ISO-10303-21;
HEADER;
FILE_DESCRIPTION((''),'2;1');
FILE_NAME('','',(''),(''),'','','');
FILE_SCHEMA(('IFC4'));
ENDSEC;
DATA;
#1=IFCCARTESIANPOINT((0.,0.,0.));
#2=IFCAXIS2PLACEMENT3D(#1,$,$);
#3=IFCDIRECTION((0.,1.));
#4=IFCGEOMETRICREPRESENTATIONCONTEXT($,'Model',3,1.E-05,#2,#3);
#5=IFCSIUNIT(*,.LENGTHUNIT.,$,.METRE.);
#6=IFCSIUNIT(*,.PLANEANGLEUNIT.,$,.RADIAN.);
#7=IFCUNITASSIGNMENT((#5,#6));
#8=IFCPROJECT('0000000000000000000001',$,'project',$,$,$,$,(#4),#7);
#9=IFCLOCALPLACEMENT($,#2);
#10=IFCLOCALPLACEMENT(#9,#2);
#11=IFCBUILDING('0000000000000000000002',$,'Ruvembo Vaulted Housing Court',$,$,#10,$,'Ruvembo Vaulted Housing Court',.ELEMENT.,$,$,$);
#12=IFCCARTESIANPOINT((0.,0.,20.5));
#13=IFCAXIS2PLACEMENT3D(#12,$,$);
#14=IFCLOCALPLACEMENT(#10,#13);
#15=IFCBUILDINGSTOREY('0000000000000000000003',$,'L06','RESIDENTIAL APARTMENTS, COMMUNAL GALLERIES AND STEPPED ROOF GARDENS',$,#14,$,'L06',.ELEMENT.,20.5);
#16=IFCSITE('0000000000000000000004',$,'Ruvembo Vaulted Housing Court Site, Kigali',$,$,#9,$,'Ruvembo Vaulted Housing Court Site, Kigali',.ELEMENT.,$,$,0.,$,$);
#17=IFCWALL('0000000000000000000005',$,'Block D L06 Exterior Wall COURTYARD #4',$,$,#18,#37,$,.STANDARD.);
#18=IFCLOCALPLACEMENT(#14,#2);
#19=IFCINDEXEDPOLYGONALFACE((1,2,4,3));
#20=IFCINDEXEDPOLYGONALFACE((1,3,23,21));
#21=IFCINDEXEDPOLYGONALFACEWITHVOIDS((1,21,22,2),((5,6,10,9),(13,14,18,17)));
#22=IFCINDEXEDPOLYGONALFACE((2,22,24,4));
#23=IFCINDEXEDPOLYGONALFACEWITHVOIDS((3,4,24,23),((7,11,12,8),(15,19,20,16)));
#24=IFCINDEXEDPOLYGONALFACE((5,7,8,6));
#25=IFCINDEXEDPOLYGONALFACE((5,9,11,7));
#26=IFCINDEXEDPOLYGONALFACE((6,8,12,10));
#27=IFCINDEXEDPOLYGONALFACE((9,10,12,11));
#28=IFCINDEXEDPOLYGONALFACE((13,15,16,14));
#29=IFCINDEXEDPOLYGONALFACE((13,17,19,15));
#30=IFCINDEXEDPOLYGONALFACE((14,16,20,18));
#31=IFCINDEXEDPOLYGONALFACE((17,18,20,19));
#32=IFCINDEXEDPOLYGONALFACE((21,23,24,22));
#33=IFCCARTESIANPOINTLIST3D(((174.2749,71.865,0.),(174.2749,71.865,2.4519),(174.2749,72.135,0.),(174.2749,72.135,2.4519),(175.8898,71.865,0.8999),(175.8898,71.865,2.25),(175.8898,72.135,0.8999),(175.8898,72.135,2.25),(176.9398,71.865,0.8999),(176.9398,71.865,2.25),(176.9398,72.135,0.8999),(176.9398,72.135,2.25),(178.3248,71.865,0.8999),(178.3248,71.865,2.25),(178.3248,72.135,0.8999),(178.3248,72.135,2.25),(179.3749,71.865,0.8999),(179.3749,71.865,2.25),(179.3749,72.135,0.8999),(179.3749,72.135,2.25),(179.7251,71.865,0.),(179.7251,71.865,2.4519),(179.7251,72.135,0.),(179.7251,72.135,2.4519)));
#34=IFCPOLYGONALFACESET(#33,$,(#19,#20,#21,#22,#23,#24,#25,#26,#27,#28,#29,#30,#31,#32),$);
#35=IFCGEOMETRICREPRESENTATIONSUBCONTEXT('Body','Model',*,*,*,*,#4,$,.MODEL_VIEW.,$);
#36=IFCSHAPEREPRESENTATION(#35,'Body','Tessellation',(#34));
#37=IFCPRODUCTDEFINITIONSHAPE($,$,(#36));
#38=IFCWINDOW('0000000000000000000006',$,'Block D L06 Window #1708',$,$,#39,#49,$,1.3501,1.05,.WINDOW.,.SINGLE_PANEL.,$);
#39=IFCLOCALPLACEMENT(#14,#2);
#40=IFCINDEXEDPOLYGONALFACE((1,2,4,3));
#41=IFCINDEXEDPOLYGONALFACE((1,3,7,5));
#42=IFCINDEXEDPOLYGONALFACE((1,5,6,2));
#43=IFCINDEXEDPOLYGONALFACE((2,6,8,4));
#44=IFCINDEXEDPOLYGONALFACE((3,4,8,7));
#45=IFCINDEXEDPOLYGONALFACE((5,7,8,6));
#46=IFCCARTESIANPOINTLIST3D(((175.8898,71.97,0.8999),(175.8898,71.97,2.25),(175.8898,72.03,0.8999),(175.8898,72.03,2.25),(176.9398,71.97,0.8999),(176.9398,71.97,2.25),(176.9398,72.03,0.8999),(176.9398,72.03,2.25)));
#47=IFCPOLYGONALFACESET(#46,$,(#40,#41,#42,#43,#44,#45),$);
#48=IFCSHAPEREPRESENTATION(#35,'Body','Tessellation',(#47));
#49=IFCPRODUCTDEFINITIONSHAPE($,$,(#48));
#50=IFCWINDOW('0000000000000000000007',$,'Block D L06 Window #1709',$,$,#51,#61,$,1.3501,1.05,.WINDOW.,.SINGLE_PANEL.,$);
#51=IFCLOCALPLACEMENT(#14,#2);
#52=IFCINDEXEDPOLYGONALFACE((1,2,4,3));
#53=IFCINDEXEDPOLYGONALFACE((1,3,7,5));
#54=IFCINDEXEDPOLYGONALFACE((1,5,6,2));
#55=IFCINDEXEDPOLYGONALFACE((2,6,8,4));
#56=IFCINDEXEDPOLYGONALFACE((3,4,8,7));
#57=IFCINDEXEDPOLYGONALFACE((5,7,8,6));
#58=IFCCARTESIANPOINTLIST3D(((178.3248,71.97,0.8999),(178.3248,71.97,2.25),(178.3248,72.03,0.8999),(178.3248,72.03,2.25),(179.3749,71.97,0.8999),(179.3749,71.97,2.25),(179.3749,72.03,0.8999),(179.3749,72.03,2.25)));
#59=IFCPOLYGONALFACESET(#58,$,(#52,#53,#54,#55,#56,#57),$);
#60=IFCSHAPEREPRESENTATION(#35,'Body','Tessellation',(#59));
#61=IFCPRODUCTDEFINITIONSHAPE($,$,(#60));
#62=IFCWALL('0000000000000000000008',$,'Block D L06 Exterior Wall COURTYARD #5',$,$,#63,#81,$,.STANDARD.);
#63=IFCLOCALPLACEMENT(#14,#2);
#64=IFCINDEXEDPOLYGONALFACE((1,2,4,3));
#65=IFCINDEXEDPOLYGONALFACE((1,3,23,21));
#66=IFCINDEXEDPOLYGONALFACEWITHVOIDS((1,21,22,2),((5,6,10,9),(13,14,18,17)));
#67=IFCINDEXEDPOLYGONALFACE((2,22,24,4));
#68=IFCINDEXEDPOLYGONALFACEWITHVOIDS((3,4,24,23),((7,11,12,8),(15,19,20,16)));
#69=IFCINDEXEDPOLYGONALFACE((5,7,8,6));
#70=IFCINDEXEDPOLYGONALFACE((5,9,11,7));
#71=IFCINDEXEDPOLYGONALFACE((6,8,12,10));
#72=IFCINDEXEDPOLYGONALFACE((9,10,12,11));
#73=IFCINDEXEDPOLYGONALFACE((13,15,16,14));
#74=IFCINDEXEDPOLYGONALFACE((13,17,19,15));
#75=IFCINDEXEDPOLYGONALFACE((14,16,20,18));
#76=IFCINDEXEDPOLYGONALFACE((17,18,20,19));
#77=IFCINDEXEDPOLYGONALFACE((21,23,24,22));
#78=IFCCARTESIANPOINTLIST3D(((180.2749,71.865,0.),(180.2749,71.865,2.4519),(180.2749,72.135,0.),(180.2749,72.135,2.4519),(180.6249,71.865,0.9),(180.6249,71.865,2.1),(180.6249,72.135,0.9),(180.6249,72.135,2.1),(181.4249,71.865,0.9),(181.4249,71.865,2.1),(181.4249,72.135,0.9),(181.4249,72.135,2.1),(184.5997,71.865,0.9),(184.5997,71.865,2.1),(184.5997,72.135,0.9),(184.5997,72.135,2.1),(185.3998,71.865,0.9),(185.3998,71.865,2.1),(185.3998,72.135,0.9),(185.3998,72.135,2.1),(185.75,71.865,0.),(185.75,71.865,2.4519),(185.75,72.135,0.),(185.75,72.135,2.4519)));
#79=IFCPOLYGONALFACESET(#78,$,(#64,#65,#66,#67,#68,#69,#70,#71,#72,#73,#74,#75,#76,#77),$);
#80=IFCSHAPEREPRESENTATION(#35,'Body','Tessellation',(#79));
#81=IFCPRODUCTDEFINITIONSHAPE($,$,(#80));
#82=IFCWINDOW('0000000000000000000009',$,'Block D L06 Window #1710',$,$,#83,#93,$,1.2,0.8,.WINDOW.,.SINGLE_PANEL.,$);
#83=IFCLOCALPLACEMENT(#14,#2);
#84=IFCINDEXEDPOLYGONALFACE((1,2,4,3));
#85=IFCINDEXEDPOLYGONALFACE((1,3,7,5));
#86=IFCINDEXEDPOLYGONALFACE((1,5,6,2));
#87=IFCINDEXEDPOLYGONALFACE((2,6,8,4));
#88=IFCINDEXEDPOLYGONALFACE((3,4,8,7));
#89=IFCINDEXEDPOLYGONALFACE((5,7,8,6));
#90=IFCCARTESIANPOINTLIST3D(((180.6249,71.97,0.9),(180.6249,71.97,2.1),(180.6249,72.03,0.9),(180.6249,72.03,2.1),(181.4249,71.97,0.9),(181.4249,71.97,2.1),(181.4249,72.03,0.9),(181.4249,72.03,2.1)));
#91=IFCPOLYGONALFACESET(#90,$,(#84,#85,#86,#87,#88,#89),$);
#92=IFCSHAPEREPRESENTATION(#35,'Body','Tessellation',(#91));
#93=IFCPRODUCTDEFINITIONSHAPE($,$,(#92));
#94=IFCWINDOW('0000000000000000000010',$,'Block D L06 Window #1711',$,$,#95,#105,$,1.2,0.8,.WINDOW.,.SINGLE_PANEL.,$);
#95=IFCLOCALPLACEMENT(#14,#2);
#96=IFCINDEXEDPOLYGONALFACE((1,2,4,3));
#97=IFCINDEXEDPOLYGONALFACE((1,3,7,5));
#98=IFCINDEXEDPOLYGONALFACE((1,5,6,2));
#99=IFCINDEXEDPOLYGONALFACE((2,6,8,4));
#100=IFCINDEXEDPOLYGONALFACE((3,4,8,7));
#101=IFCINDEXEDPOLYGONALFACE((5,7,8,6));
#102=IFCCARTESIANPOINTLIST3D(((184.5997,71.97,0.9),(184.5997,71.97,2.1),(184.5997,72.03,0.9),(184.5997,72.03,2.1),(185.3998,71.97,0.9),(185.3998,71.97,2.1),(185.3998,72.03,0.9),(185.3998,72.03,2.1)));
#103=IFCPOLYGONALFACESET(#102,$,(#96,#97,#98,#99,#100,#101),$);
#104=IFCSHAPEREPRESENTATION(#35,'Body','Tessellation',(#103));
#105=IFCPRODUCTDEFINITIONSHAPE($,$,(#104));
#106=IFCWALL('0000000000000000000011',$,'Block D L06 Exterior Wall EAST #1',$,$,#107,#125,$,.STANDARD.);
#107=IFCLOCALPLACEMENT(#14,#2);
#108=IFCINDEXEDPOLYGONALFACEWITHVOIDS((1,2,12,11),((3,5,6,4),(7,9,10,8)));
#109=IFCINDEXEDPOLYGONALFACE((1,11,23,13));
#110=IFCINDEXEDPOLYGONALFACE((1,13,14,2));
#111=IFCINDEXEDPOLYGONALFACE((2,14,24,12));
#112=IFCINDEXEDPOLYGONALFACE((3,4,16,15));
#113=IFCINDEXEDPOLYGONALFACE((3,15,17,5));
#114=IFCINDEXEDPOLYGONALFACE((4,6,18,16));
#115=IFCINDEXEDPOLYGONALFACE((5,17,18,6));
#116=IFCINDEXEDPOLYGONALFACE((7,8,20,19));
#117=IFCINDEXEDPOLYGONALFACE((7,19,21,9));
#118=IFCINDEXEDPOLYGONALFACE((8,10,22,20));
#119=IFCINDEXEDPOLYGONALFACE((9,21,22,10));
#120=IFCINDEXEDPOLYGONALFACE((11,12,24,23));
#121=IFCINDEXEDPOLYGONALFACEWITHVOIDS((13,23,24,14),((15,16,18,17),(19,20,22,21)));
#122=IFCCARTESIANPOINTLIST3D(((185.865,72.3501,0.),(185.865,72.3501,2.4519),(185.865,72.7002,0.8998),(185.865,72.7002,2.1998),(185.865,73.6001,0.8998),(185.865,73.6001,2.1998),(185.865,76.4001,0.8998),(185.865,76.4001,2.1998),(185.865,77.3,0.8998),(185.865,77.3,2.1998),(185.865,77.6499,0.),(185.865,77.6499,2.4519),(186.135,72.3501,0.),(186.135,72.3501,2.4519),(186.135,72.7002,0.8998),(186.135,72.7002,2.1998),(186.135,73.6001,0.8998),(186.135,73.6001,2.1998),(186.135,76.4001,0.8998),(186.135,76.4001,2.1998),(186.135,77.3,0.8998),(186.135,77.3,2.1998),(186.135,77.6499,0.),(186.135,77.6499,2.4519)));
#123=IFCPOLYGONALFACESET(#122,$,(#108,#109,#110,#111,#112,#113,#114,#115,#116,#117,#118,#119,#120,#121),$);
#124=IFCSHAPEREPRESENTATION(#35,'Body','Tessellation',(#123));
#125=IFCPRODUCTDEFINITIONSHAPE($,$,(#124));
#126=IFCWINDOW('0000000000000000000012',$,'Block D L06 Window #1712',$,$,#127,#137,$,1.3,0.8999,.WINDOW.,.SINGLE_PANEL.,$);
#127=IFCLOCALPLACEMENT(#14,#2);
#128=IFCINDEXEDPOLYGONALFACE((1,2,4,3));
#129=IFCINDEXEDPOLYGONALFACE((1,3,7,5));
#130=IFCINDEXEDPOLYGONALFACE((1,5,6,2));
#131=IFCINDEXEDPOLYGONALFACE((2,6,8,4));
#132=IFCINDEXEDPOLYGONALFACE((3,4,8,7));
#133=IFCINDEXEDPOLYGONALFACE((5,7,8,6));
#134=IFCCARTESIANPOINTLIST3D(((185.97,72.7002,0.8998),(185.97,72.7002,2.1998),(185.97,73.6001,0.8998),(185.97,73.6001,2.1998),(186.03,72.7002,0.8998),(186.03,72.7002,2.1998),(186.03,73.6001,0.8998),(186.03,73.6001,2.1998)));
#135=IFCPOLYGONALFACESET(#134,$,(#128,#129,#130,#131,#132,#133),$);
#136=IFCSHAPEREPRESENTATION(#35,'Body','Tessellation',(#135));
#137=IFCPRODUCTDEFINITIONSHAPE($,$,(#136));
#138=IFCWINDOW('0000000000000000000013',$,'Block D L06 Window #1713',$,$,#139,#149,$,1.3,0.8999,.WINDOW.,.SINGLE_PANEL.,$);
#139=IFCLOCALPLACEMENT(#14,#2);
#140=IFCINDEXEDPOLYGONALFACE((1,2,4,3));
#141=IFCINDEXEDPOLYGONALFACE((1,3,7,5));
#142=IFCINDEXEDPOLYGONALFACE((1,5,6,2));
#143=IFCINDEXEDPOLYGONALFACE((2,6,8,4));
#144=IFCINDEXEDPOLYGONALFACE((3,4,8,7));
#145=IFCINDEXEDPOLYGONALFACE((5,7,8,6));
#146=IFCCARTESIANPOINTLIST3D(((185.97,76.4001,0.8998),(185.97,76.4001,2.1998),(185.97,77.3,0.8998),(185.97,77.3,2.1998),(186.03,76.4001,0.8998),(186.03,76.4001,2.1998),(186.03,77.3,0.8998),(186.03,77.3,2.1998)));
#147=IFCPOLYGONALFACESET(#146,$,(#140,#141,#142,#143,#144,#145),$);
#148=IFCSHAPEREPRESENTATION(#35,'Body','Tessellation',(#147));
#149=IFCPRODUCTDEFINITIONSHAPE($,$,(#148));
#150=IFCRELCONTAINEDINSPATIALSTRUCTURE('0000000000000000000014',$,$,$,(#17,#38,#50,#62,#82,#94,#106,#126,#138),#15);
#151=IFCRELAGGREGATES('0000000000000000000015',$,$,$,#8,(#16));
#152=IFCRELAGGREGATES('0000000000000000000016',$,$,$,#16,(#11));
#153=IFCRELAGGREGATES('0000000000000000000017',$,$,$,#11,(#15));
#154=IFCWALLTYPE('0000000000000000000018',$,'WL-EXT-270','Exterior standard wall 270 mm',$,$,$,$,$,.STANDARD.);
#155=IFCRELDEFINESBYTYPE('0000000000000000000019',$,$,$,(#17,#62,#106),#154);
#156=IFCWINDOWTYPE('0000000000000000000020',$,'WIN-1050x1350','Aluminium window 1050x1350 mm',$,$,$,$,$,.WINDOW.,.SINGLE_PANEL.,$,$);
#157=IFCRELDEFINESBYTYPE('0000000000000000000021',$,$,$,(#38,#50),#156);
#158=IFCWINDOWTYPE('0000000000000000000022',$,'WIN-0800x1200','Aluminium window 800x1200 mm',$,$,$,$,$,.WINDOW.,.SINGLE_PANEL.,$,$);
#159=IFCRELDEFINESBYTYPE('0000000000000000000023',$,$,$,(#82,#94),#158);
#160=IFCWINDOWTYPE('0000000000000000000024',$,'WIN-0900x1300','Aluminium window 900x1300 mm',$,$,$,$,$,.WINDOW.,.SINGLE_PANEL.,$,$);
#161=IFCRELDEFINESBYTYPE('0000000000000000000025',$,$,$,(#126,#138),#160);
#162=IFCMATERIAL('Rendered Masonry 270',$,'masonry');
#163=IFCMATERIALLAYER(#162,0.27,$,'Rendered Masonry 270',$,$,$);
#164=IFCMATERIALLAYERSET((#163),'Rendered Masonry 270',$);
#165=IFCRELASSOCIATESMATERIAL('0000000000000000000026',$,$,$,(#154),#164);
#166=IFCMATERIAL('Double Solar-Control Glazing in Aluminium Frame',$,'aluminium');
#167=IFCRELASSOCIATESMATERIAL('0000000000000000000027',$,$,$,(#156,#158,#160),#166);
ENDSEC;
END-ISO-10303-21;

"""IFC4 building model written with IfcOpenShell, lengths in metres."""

from ifc_helpers import new_model, si_unit, direction, frame, frame_2d, origin, place, context, subcontext, project, spatial, rectangle, extrude, material, layer, layer_set, type_object, element, fill, save


model = new_model("IFC4")

# Units and contexts
model_context = context("Model", 3, precision=1e-05, world=origin(), true_north=direction((0.0, 1.0)))
body_context = subcontext(model_context, "Body", "Model", "MODEL_VIEW")
ifc_project = project(units=[si_unit("LENGTHUNIT", "METRE"), si_unit("PLANEANGLEUNIT", "RADIAN")], contexts=[model_context])

# Site, building, storey
site_placement = place(None, origin())
site = spatial("IfcSite", under=ifc_project, at=site_placement, Name="Ruvembo Vaulted Housing Court Site, Kigali", LongName="Ruvembo Vaulted Housing Court Site, Kigali", CompositionType="ELEMENT", RefElevation=0.0)
building_placement = place(site_placement, origin())
building = spatial("IfcBuilding", under=site, at=building_placement, Name="Ruvembo Vaulted Housing Court", LongName="Ruvembo Vaulted Housing Court", CompositionType="ELEMENT")
storey_placement = place(building_placement, frame((0.0, 0.0, 20.5)))
storey = spatial("IfcBuildingStorey", under=building, at=storey_placement, Name="L06", Description="RESIDENTIAL APARTMENTS, COMMUNAL GALLERIES AND STEPPED ROOF GARDENS", LongName="L06", CompositionType="ELEMENT", Elevation=20.5)

# Walls, openings, windows
ifc_material_1 = material(Name="Rendered Masonry 270", Category="masonry")
ifc_layer_1 = layer(ifc_material_1, 0.27, Name="Rendered Masonry 270")
ifc_layer_set_1 = layer_set([ifc_layer_1], Name="Rendered Masonry 270")
wall_type_1 = type_object("IfcWallType", Name="WL-EXT-270", Description="Exterior standard wall 270 mm", PredefinedType="STANDARD", material=ifc_layer_set_1)
wall_1_placement = place(storey_placement, frame((174.2749, 72.0, 0.0), z_axis=(0.0, 0.0, 1.0), x_axis=(1.0, 0.0, 0.0)))
wall_1 = element("IfcWall", 1, at=wall_1_placement, inside=storey, type_object=wall_type_1, Name="Block D L06 Exterior Wall COURTYARD #4", PredefinedType="STANDARD", context=body_context, shape_type="SweptSolid", body=[
    extrude(rectangle(XDim=5.4502, YDim=0.27, at=frame_2d((2.7251, 0.0))), origin(), (0.0, 0.0, 1.0), 2.4519),
])
opening_1_placement = place(wall_1_placement, frame((1.615, 0.0, 0.8999)))
opening_1 = element("IfcOpeningElement", 2, at=opening_1_placement, cuts=wall_1, PredefinedType="OPENING", context=body_context, shape_type="SweptSolid", body=[
    extrude(rectangle(XDim=1.05, YDim=1.3501, at=frame_2d((0.5249, 0.675))), frame((0.0, 0.145, 0.0), z_axis=(0.0, -1.0, 0.0), x_axis=(1.0, 0.0, 0.0)), (0.0, 0.0, 1.0), 0.29),
])
opening_2_placement = place(wall_1_placement, frame((4.05, 0.0, 0.8999)))
opening_2 = element("IfcOpeningElement", 3, at=opening_2_placement, cuts=wall_1, PredefinedType="OPENING", context=body_context, shape_type="SweptSolid", body=[
    extrude(rectangle(XDim=1.05, YDim=1.3501, at=frame_2d((0.5249, 0.675))), frame((0.0, 0.145, 0.0), z_axis=(0.0, -1.0, 0.0), x_axis=(1.0, 0.0, 0.0)), (0.0, 0.0, 1.0), 0.29),
])
ifc_material_2 = material(Name="Double Solar-Control Glazing in Aluminium Frame", Category="aluminium")
window_type_1 = type_object("IfcWindowType", Name="WIN-1050x1350", Description="Aluminium window 1050x1350 mm", PartitioningType="SINGLE_PANEL", PredefinedType="WINDOW", material=ifc_material_2)
window_1_placement = place(opening_1_placement, origin())
window_1 = element("IfcWindow", 4, at=window_1_placement, inside=storey, type_object=window_type_1, Name="Block D L06 Window #1708", OverallHeight=1.3501, OverallWidth=1.05, PartitioningType="SINGLE_PANEL", PredefinedType="WINDOW", context=body_context, shape_type="SweptSolid", body=[
    extrude(rectangle(XDim=1.05, YDim=1.3501, at=frame_2d((0.5249, 0.675))), frame((0.0, 0.03, 0.0), z_axis=(0.0, -1.0, 0.0), x_axis=(1.0, 0.0, 0.0)), (0.0, 0.0, 1.0), 0.0601),
])
fill(opening_1, window_1)
window_2_placement = place(opening_2_placement, origin())
window_2 = element("IfcWindow", 5, at=window_2_placement, inside=storey, type_object=window_type_1, Name="Block D L06 Window #1709", OverallHeight=1.3501, OverallWidth=1.05, PartitioningType="SINGLE_PANEL", PredefinedType="WINDOW", context=body_context, shape_type="SweptSolid", body=[
    extrude(rectangle(XDim=1.05, YDim=1.3501, at=frame_2d((0.5249, 0.675))), frame((0.0, 0.03, 0.0), z_axis=(0.0, -1.0, 0.0), x_axis=(1.0, 0.0, 0.0)), (0.0, 0.0, 1.0), 0.0601),
])
fill(opening_2, window_2)
wall_2_placement = place(storey_placement, frame((180.2749, 72.0, 0.0), z_axis=(0.0, 0.0, 1.0), x_axis=(1.0, 0.0, 0.0)))
wall_2 = element("IfcWall", 6, at=wall_2_placement, inside=storey, type_object=wall_type_1, Name="Block D L06 Exterior Wall COURTYARD #5", PredefinedType="STANDARD", context=body_context, shape_type="SweptSolid", body=[
    extrude(rectangle(XDim=5.4751, YDim=0.27, at=frame_2d((2.7375, 0.0))), origin(), (0.0, 0.0, 1.0), 2.4519),
])
opening_3_placement = place(wall_2_placement, frame((0.3501, 0.0, 0.8999)))
opening_3 = element("IfcOpeningElement", 7, at=opening_3_placement, cuts=wall_2, PredefinedType="OPENING", context=body_context, shape_type="SweptSolid", body=[
    extrude(rectangle(XDim=0.8, YDim=1.2, at=frame_2d((0.3999, 0.6001))), frame((0.0, 0.145, 0.0), z_axis=(0.0, -1.0, 0.0), x_axis=(1.0, 0.0, 0.0)), (0.0, 0.0, 1.0), 0.29),
])
opening_4_placement = place(wall_2_placement, frame((4.325, 0.0, 0.8999)))
opening_4 = element("IfcOpeningElement", 8, at=opening_4_placement, cuts=wall_2, PredefinedType="OPENING", context=body_context, shape_type="SweptSolid", body=[
    extrude(rectangle(XDim=0.8, YDim=1.2, at=frame_2d((0.3999, 0.6001))), frame((0.0, 0.145, 0.0), z_axis=(0.0, -1.0, 0.0), x_axis=(1.0, 0.0, 0.0)), (0.0, 0.0, 1.0), 0.29),
])
window_type_2 = type_object("IfcWindowType", Name="WIN-0800x1200", Description="Aluminium window 800x1200 mm", PartitioningType="SINGLE_PANEL", PredefinedType="WINDOW", material=ifc_material_2)
window_3_placement = place(opening_3_placement, origin())
window_3 = element("IfcWindow", 9, at=window_3_placement, inside=storey, type_object=window_type_2, Name="Block D L06 Window #1710", OverallHeight=1.2, OverallWidth=0.8, PartitioningType="SINGLE_PANEL", PredefinedType="WINDOW", context=body_context, shape_type="SweptSolid", body=[
    extrude(rectangle(XDim=0.8, YDim=1.2, at=frame_2d((0.3999, 0.6001))), frame((0.0, 0.03, 0.0), z_axis=(0.0, -1.0, 0.0), x_axis=(1.0, 0.0, 0.0)), (0.0, 0.0, 1.0), 0.0601),
])
fill(opening_3, window_3)
window_4_placement = place(opening_4_placement, origin())
window_4 = element("IfcWindow", 10, at=window_4_placement, inside=storey, type_object=window_type_2, Name="Block D L06 Window #1711", OverallHeight=1.2, OverallWidth=0.8, PartitioningType="SINGLE_PANEL", PredefinedType="WINDOW", context=body_context, shape_type="SweptSolid", body=[
    extrude(rectangle(XDim=0.8, YDim=1.2, at=frame_2d((0.3999, 0.6001))), frame((0.0, 0.03, 0.0), z_axis=(0.0, -1.0, 0.0), x_axis=(1.0, 0.0, 0.0)), (0.0, 0.0, 1.0), 0.0601),
])
fill(opening_4, window_4)
wall_3_placement = place(storey_placement, frame((186.0, 72.3501, 0.0), z_axis=(0.0, 0.0, 1.0), x_axis=(0.0, 1.0, 0.0)))
wall_3 = element("IfcWall", 11, at=wall_3_placement, inside=storey, type_object=wall_type_1, Name="Block D L06 Exterior Wall EAST #1", PredefinedType="STANDARD", context=body_context, shape_type="SweptSolid", body=[
    extrude(rectangle(XDim=5.2998, YDim=0.27, at=frame_2d((2.6499, 0.0))), origin(), (0.0, 0.0, 1.0), 2.4519),
])
opening_5_placement = place(wall_3_placement, frame((0.3501, 0.0, 0.8999)))
opening_5 = element("IfcOpeningElement", 12, at=opening_5_placement, cuts=wall_3, PredefinedType="OPENING", context=body_context, shape_type="SweptSolid", body=[
    extrude(rectangle(XDim=0.8999, YDim=1.3, at=frame_2d((0.45, 0.6499))), frame((0.0, 0.145, 0.0), z_axis=(0.0, -1.0, 0.0), x_axis=(1.0, 0.0, 0.0)), (0.0, 0.0, 1.0), 0.29),
])
opening_6_placement = place(wall_3_placement, frame((4.05, 0.0, 0.8999)))
opening_6 = element("IfcOpeningElement", 13, at=opening_6_placement, cuts=wall_3, PredefinedType="OPENING", context=body_context, shape_type="SweptSolid", body=[
    extrude(rectangle(XDim=0.8999, YDim=1.3, at=frame_2d((0.45, 0.6499))), frame((0.0, 0.145, 0.0), z_axis=(0.0, -1.0, 0.0), x_axis=(1.0, 0.0, 0.0)), (0.0, 0.0, 1.0), 0.29),
])
window_type_3 = type_object("IfcWindowType", Name="WIN-0900x1300", Description="Aluminium window 900x1300 mm", PartitioningType="SINGLE_PANEL", PredefinedType="WINDOW", material=ifc_material_2)
window_5_placement = place(opening_5_placement, origin())
window_5 = element("IfcWindow", 14, at=window_5_placement, inside=storey, type_object=window_type_3, Name="Block D L06 Window #1712", OverallHeight=1.3, OverallWidth=0.8999, PartitioningType="SINGLE_PANEL", PredefinedType="WINDOW", context=body_context, shape_type="SweptSolid", body=[
    extrude(rectangle(XDim=0.8999, YDim=1.3, at=frame_2d((0.45, 0.6499))), frame((0.0, 0.03, 0.0), z_axis=(0.0, -1.0, 0.0), x_axis=(1.0, 0.0, 0.0)), (0.0, 0.0, 1.0), 0.0601),
])
fill(opening_5, window_5)
window_6_placement = place(opening_6_placement, origin())
window_6 = element("IfcWindow", 15, at=window_6_placement, inside=storey, type_object=window_type_3, Name="Block D L06 Window #1713", OverallHeight=1.3, OverallWidth=0.8999, PartitioningType="SINGLE_PANEL", PredefinedType="WINDOW", context=body_context, shape_type="SweptSolid", body=[
    extrude(rectangle(XDim=0.8999, YDim=1.3, at=frame_2d((0.45, 0.6499))), frame((0.0, 0.03, 0.0), z_axis=(0.0, -1.0, 0.0), x_axis=(1.0, 0.0, 0.0)), (0.0, 0.0, 1.0), 0.0601),
])
fill(opening_6, window_6)

save(model, "model.ifc")
